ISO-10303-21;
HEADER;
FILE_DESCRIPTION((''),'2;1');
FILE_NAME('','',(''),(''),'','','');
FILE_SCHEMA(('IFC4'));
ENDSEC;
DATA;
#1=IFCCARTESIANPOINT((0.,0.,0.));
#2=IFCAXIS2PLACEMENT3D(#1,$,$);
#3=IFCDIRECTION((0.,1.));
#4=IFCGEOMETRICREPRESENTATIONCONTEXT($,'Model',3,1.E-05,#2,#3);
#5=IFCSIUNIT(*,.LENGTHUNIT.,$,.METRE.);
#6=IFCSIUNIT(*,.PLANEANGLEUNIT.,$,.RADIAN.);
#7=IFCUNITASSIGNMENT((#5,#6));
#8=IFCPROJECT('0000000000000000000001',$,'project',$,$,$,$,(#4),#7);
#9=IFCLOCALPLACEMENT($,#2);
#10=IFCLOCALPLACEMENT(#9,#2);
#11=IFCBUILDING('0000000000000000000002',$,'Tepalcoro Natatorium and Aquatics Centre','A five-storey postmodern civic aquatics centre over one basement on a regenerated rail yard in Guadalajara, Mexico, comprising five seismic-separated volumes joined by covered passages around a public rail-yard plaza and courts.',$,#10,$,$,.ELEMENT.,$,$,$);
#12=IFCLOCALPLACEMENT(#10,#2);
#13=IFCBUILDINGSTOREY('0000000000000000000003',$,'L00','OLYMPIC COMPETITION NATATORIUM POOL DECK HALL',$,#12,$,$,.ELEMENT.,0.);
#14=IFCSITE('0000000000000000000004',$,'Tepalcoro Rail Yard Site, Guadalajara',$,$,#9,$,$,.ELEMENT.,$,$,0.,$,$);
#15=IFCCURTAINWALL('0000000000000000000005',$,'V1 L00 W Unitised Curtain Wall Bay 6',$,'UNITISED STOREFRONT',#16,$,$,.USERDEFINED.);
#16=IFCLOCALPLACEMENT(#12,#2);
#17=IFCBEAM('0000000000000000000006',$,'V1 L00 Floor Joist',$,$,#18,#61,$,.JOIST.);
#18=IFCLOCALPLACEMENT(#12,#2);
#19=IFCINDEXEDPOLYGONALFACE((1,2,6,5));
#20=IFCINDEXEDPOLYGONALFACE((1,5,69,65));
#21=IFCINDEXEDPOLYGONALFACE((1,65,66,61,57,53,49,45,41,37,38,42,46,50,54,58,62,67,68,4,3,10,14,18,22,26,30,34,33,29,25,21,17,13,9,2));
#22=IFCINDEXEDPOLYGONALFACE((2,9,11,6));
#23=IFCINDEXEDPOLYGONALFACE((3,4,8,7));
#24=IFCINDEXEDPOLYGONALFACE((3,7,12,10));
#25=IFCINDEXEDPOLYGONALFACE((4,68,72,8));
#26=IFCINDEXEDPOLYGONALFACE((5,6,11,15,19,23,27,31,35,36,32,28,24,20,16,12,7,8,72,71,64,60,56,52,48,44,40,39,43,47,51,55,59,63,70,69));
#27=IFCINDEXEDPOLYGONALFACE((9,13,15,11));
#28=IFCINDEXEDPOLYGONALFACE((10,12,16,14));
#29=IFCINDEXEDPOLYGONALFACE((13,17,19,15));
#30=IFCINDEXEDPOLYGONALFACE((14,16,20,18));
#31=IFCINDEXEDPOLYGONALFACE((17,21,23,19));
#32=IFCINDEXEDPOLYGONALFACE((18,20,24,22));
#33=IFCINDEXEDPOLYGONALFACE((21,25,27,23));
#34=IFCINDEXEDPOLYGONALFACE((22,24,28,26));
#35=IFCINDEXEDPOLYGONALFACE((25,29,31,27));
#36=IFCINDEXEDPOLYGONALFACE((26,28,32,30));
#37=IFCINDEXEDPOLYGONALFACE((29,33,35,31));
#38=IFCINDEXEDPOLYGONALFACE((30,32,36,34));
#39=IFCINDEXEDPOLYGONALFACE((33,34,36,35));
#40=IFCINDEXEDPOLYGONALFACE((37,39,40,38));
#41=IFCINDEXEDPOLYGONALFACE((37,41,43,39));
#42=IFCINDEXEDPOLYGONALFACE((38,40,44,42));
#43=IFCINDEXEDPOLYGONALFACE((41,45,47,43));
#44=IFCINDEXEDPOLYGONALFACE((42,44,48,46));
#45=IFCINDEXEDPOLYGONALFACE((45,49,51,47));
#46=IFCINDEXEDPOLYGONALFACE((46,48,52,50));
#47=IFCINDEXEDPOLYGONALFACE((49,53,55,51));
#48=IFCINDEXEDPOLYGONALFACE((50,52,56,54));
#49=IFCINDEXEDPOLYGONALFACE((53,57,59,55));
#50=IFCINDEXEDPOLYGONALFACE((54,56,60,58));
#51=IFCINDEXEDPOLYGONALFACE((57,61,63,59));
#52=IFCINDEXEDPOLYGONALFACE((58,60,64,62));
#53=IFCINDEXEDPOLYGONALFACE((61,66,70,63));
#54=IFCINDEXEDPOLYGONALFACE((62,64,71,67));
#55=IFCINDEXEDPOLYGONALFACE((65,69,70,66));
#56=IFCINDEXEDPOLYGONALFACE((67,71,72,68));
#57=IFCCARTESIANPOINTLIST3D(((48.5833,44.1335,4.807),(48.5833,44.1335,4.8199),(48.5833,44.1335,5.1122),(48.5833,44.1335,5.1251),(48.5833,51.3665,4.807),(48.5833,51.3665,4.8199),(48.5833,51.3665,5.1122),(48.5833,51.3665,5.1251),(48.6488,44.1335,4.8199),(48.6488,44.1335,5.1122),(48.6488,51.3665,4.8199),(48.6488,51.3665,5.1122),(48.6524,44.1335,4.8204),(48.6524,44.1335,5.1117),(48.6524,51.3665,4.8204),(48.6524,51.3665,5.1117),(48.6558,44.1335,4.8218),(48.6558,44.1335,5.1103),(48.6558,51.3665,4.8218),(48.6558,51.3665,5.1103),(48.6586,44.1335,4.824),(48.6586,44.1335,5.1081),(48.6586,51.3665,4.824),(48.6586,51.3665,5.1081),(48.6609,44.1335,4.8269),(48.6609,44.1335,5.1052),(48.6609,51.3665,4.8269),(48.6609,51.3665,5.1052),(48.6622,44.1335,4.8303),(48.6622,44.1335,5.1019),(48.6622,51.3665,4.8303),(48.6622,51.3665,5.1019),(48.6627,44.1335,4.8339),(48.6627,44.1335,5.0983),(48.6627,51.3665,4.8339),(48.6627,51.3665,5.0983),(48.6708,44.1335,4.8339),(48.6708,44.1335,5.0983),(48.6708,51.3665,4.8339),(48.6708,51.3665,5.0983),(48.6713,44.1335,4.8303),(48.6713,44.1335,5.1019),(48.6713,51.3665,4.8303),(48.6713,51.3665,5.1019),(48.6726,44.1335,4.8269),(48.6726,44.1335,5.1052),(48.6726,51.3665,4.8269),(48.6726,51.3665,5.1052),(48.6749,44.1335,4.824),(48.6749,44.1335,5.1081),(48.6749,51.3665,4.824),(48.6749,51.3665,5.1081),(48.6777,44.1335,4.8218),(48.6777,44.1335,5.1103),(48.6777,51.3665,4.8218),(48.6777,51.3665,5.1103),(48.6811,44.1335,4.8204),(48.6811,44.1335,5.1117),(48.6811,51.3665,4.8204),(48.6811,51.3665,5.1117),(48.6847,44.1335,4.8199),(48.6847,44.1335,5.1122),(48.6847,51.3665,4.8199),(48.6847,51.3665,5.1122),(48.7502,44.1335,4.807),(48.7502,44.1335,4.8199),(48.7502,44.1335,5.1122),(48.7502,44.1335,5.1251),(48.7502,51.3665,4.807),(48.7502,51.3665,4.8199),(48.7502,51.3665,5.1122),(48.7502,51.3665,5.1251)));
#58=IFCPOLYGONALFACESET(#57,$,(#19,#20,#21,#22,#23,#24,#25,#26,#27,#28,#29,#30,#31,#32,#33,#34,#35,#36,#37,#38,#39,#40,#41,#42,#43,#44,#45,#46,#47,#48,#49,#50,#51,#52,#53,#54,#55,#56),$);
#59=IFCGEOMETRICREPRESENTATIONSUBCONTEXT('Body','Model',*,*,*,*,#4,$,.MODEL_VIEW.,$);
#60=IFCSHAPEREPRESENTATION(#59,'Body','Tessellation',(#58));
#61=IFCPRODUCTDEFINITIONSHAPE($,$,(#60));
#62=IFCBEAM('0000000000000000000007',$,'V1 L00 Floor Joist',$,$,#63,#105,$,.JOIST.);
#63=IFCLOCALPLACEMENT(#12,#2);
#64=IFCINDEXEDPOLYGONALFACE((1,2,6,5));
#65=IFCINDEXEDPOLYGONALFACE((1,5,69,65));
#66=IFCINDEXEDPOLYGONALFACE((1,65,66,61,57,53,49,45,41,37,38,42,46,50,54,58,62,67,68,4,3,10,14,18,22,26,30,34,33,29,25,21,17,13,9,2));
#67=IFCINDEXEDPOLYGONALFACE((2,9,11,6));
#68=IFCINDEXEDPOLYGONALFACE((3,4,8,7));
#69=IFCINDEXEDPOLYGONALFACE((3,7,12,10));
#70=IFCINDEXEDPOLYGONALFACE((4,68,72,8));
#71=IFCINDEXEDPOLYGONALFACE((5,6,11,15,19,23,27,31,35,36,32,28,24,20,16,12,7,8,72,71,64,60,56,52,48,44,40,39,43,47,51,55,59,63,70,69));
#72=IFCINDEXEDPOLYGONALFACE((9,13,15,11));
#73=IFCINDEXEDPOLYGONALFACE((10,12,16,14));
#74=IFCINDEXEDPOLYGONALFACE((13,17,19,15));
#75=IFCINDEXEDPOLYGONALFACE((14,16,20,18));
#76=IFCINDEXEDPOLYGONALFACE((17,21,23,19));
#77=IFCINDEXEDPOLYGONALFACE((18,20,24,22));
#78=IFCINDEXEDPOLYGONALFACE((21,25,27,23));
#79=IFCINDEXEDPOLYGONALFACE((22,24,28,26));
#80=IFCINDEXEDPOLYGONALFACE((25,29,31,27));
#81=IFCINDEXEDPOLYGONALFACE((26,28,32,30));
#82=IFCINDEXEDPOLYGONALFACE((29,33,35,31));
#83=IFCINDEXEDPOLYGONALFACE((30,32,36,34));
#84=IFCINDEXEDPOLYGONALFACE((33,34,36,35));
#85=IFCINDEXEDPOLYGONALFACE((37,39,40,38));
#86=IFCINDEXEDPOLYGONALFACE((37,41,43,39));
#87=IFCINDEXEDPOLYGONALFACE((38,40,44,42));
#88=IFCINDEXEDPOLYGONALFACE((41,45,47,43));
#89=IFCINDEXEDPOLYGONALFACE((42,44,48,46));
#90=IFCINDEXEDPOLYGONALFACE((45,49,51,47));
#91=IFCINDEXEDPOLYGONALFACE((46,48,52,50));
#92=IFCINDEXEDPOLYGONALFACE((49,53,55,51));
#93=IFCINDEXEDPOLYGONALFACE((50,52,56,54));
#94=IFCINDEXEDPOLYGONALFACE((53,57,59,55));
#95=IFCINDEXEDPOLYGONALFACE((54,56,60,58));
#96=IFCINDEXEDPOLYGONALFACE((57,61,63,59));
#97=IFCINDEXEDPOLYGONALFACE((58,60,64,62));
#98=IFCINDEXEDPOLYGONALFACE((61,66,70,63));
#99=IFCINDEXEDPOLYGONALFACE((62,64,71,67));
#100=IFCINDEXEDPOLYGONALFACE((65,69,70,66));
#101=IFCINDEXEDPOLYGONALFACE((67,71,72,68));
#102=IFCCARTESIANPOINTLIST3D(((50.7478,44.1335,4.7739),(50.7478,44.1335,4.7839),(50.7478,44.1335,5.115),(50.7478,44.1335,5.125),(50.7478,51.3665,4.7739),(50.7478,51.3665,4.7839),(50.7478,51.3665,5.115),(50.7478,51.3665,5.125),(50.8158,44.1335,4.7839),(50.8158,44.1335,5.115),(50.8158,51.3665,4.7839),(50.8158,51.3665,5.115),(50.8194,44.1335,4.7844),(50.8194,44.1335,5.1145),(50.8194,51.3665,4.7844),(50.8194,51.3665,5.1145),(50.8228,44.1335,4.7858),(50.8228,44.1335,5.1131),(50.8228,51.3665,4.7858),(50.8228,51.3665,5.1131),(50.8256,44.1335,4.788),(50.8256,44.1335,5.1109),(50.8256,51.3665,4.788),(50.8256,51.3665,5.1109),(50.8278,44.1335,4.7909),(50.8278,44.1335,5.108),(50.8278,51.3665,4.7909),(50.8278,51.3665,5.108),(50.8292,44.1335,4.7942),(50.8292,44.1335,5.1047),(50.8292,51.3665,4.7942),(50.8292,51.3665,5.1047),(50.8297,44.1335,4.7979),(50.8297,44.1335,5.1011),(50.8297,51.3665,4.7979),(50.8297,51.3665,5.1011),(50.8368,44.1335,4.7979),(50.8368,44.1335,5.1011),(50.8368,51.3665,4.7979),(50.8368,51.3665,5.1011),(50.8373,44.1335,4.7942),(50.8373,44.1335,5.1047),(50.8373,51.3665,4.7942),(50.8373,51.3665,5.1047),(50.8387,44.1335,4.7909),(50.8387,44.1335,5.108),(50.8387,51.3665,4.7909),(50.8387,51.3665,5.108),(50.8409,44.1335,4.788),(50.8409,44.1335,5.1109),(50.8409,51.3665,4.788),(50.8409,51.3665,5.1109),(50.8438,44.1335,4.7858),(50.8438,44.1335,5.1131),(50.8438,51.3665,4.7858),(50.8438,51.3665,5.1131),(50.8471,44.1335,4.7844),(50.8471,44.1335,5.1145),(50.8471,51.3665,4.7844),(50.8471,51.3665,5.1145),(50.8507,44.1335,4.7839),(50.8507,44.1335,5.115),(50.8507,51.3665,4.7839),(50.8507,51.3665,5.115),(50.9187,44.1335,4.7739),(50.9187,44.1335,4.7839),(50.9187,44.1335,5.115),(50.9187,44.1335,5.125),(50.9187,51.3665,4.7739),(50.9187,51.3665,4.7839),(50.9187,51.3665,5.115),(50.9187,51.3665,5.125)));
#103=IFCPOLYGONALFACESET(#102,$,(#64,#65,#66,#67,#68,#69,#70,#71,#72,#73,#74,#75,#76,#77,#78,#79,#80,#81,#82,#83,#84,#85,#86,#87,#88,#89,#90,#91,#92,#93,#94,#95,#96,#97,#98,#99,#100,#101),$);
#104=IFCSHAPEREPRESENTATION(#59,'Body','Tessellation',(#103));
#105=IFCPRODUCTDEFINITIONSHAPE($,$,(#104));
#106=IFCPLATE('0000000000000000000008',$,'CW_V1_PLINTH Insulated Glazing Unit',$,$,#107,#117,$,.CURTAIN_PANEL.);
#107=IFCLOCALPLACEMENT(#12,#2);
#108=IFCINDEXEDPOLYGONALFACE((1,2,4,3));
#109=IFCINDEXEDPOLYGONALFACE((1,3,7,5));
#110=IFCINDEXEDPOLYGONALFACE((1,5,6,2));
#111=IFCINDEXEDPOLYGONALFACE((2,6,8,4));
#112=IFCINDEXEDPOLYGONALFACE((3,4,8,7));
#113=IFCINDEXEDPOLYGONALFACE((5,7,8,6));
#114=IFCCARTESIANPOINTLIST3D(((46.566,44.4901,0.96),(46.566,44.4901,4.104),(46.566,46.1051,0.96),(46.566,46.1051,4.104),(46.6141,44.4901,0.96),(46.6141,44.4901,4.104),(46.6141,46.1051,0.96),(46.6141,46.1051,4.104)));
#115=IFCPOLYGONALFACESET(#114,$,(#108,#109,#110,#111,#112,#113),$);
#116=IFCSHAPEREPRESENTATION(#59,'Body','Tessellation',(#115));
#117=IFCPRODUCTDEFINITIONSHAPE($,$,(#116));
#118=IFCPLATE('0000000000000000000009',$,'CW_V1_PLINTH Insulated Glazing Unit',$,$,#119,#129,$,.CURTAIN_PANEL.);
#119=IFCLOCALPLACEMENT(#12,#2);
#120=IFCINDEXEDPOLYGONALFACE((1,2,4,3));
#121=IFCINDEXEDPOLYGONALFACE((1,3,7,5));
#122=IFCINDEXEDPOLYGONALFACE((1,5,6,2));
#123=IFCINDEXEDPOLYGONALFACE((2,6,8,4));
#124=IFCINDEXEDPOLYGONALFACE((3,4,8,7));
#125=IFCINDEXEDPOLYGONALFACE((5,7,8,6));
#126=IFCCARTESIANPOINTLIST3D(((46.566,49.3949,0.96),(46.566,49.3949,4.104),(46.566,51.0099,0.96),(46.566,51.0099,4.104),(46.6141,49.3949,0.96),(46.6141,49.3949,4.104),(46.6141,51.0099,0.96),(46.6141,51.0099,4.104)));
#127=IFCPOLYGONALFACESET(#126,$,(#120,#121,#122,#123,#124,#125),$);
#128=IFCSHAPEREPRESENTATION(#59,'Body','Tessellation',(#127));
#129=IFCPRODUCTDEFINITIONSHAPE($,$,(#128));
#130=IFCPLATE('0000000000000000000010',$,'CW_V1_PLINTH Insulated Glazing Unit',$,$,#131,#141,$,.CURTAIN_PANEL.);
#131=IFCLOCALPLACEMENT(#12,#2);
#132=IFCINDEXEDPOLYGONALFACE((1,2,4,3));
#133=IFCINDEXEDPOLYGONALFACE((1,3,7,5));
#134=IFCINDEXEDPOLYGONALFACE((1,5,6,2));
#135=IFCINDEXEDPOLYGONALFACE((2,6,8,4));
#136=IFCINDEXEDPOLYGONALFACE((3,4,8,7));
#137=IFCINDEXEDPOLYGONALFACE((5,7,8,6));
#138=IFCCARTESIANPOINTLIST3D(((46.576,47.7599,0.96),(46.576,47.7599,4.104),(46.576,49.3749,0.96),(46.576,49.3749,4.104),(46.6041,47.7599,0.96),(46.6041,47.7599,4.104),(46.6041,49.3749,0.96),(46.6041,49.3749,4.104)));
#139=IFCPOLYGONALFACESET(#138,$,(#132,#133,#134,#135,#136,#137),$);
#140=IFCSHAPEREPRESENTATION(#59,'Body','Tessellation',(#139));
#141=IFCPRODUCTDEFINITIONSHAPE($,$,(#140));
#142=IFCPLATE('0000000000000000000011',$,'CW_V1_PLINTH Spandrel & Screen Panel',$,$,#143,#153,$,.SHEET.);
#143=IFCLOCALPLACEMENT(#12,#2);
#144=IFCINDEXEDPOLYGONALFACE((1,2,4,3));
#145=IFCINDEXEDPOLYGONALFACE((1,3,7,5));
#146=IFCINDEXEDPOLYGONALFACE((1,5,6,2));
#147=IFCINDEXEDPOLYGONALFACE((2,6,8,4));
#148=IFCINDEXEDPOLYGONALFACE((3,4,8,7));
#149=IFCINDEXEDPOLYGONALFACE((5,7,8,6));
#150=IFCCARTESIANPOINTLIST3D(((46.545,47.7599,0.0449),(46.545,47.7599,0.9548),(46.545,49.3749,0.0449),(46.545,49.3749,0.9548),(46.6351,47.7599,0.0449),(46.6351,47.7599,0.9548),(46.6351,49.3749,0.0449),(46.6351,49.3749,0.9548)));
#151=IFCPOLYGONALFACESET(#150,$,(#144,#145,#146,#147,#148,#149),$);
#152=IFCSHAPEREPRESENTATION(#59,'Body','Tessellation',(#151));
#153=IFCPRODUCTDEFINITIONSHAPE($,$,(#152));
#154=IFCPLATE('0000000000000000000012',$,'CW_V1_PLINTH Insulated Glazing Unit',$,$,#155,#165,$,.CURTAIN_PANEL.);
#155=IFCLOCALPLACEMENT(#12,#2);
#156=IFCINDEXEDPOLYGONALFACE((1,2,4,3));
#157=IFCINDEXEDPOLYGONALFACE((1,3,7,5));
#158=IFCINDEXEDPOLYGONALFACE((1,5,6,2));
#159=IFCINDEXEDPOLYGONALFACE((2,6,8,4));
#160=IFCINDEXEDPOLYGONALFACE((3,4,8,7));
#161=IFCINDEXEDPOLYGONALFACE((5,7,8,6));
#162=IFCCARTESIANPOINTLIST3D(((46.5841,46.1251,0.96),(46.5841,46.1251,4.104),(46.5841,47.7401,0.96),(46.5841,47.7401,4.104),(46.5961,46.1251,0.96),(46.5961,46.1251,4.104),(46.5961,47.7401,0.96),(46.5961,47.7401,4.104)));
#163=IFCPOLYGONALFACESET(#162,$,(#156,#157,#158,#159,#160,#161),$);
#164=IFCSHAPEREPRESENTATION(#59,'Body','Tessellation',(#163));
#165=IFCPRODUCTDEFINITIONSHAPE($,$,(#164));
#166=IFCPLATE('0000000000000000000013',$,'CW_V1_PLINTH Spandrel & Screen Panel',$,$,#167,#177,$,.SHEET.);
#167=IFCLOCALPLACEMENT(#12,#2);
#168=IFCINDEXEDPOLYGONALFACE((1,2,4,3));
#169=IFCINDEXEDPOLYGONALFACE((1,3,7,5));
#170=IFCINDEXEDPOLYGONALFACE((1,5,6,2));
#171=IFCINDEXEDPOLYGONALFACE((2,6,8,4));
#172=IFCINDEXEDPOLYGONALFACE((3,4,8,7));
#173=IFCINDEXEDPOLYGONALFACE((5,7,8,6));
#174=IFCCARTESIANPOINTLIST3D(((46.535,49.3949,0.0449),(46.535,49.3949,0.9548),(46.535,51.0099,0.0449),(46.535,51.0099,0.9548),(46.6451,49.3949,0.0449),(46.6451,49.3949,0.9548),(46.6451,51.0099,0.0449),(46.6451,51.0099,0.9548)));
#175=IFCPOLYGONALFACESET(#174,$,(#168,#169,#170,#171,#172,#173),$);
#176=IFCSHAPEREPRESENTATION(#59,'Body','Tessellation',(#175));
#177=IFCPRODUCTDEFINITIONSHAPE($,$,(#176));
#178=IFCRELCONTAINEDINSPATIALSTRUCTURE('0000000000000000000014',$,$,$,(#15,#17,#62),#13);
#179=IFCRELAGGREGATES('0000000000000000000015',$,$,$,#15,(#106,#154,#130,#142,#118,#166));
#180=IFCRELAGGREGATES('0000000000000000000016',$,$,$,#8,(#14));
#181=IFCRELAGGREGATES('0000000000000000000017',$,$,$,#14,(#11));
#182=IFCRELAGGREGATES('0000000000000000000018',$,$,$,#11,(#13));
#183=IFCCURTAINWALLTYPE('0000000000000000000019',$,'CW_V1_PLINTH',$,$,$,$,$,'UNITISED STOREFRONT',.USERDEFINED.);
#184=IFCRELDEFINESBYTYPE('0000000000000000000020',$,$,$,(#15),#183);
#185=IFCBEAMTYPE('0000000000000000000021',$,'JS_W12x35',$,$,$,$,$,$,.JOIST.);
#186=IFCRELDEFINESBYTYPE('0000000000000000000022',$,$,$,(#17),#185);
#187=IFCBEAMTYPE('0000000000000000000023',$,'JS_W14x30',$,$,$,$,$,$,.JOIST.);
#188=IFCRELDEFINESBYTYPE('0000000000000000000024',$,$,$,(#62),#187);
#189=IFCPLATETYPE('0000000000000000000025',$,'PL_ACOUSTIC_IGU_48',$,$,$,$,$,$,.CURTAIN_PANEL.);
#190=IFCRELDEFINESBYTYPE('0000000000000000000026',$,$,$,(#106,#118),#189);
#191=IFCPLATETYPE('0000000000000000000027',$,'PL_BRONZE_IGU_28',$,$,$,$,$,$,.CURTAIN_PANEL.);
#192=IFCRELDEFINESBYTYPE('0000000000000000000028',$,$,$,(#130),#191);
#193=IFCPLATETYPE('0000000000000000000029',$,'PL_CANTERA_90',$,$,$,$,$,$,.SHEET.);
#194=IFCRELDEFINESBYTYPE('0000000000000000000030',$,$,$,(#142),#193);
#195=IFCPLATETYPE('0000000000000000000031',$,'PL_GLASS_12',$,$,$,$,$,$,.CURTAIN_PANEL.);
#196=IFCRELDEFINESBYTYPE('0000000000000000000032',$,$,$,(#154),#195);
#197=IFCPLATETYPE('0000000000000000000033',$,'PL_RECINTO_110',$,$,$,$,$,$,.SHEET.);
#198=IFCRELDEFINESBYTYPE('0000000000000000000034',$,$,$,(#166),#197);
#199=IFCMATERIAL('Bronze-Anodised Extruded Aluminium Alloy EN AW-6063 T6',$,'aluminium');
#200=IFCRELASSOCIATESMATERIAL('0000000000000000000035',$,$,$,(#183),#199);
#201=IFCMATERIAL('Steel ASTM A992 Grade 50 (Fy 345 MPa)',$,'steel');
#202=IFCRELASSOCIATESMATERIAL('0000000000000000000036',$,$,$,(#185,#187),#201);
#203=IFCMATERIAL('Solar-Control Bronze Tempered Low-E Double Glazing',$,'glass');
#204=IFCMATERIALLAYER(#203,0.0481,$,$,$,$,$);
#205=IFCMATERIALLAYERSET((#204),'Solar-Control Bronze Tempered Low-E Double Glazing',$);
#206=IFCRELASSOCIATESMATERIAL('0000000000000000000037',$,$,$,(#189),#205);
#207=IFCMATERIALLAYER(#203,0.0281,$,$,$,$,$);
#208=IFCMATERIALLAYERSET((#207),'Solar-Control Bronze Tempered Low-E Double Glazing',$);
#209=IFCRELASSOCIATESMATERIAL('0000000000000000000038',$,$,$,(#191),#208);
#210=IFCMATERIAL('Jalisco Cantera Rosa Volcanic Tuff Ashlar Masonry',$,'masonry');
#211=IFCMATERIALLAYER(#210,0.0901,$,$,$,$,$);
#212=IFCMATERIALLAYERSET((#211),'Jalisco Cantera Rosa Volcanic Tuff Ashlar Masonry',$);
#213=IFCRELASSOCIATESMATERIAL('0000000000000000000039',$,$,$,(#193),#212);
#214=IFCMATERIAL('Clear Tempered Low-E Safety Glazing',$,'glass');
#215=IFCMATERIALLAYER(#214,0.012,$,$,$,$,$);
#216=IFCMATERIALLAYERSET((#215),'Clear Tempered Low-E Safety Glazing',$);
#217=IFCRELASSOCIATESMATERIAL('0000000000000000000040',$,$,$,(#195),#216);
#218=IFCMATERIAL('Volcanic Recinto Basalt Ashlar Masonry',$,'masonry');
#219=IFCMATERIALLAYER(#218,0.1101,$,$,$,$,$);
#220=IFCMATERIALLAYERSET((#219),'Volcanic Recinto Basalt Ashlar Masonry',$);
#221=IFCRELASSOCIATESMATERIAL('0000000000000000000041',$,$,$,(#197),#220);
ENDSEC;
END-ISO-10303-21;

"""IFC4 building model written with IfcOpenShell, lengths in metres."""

from ifc_helpers import new_model, si_unit, direction, frame, origin, origin_2d, place, context, subcontext, project, spatial, rectangle, i_section, extrude, material, layer, layer_set, material_profile, profile_set, type_object, element, aggregate, save


model = new_model("IFC4")

# Units and contexts
model_context = context("Model", 3, precision=1e-05, world=origin(), true_north=direction((0.0, 1.0)))
body_context = subcontext(model_context, "Body", "Model", "MODEL_VIEW")
ifc_project = project(units=[si_unit("LENGTHUNIT", "METRE"), si_unit("PLANEANGLEUNIT", "RADIAN")], contexts=[model_context])

# Site, building, storey
site_placement = place(None, origin())
site = spatial("IfcSite", under=ifc_project, at=site_placement, Name="Tepalcoro Rail Yard Site, Guadalajara", CompositionType="ELEMENT", RefElevation=0.0)
building_placement = place(site_placement, origin())
building = spatial("IfcBuilding", under=site, at=building_placement, Name="Tepalcoro Natatorium and Aquatics Centre", Description="A five-storey postmodern civic aquatics centre over one basement on a regenerated rail yard in Guadalajara, Mexico, comprising five seismic-separated volumes joined by covered passages around a public rail-yard plaza and courts.", CompositionType="ELEMENT")
storey_placement = place(building_placement, origin())
storey = spatial("IfcBuildingStorey", under=building, at=storey_placement, Name="L00", Description="OLYMPIC COMPETITION NATATORIUM POOL DECK HALL", CompositionType="ELEMENT", Elevation=0.0)

# Shared definitions
ifc_material_1 = material(Name="Steel ASTM A992 Grade 50 (Fy 345 MPa)", Category="steel")

# Curtain wall
ifc_material_2 = material(Name="Bronze-Anodised Extruded Aluminium Alloy EN AW-6063 T6", Category="aluminium")
curtain_wall_type = type_object("IfcCurtainWallType", Name="CW_V1_PLINTH", ElementType="UNITISED STOREFRONT", PredefinedType="USERDEFINED", material=ifc_material_2)
curtain_wall_placement = place(storey_placement, origin())
curtain_wall = element("IfcCurtainWall", 1, at=curtain_wall_placement, inside=storey, type_object=curtain_wall_type, Name="V1 L00 W Unitised Curtain Wall Bay 6", ObjectType="UNITISED STOREFRONT", PredefinedType="USERDEFINED")

# Beams
ifc_material_profile_1 = material_profile(ifc_material_1, i_section(OverallWidth=0.167, OverallDepth=0.3181, WebThickness=0.0081, FlangeThickness=0.0129, FilletRadius=0.0139, at=origin_2d()), Name="W12X35")
ifc_profile_set_1 = profile_set([ifc_material_profile_1], Name="Steel ASTM A992 Grade 50 (Fy 345 MPa)")
beam_type_1 = type_object("IfcBeamType", Name="JS_W12x35", PredefinedType="JOIST", material=ifc_profile_set_1)
beam_1_placement = place(storey_placement, frame((48.6667, 44.1335, 4.9661), z_axis=(0.0, 1.0, 0.0), x_axis=(-1.0, 0.0, 0.0)))
element("IfcBeam", 2, at=beam_1_placement, inside=storey, type_object=beam_type_1, Name="V1 L00 Floor Joist", PredefinedType="JOIST", context=body_context, shape_type="SweptSolid", body=[
    extrude(i_section(OverallWidth=0.167, OverallDepth=0.3181, WebThickness=0.0081, FlangeThickness=0.0129, FilletRadius=0.0139, at=origin_2d()), origin(), (0.0, 0.0, 1.0), 7.2329),
])
ifc_material_profile_2 = material_profile(ifc_material_1, i_section(OverallWidth=0.1709, OverallDepth=0.3511, WebThickness=0.0071, FlangeThickness=0.01, FilletRadius=0.0139, at=origin_2d()), Name="W14X30")
ifc_profile_set_2 = profile_set([ifc_material_profile_2], Name="Steel ASTM A992 Grade 50 (Fy 345 MPa)")
beam_type_2 = type_object("IfcBeamType", Name="JS_W14x30", PredefinedType="JOIST", material=ifc_profile_set_2)
beam_2_placement = place(storey_placement, frame((50.8333, 44.1335, 4.9495), z_axis=(0.0, 1.0, 0.0), x_axis=(-1.0, 0.0, 0.0)))
element("IfcBeam", 3, at=beam_2_placement, inside=storey, type_object=beam_type_2, Name="V1 L00 Floor Joist", PredefinedType="JOIST", context=body_context, shape_type="SweptSolid", body=[
    extrude(i_section(OverallWidth=0.1709, OverallDepth=0.3511, WebThickness=0.0071, FlangeThickness=0.01, FilletRadius=0.0139, at=origin_2d()), origin(), (0.0, 0.0, 1.0), 7.2329),
])

# Plates
ifc_material_3 = material(Name="Solar-Control Bronze Tempered Low-E Double Glazing", Category="glass")
ifc_layer_1 = layer(ifc_material_3, 0.0481)
ifc_layer_set_1 = layer_set([ifc_layer_1], Name="Solar-Control Bronze Tempered Low-E Double Glazing")
plate_type_1 = type_object("IfcPlateType", Name="PL_ACOUSTIC_IGU_48", PredefinedType="CURTAIN_PANEL", material=ifc_layer_set_1)
plate_1_placement = place(storey_placement, frame((46.5901, 45.2976, 0.96), z_axis=(0.0, 0.0, 1.0), x_axis=(1.0, 0.0, 0.0)))
plate_1 = element("IfcPlate", 4, at=plate_1_placement, type_object=plate_type_1, Name="CW_V1_PLINTH Insulated Glazing Unit", PredefinedType="CURTAIN_PANEL", context=body_context, shape_type="SweptSolid", body=[
    extrude(rectangle(XDim=0.0481, YDim=1.615, at=origin_2d()), origin(), (0.0, 0.0, 1.0), 3.144),
])
plate_2_placement = place(storey_placement, frame((46.5901, 50.2024, 0.96), z_axis=(0.0, 0.0, 1.0), x_axis=(1.0, 0.0, 0.0)))
plate_2 = element("IfcPlate", 5, at=plate_2_placement, type_object=plate_type_1, Name="CW_V1_PLINTH Insulated Glazing Unit", PredefinedType="CURTAIN_PANEL", context=body_context, shape_type="SweptSolid", body=[
    extrude(rectangle(XDim=0.0481, YDim=1.615, at=origin_2d()), origin(), (0.0, 0.0, 1.0), 3.144),
])
ifc_layer_2 = layer(ifc_material_3, 0.0281)
ifc_layer_set_2 = layer_set([ifc_layer_2], Name="Solar-Control Bronze Tempered Low-E Double Glazing")
plate_type_2 = type_object("IfcPlateType", Name="PL_BRONZE_IGU_28", PredefinedType="CURTAIN_PANEL", material=ifc_layer_set_2)
plate_3_placement = place(storey_placement, frame((46.5901, 48.5674, 0.96), z_axis=(0.0, 0.0, 1.0), x_axis=(1.0, 0.0, 0.0)))
plate_3 = element("IfcPlate", 6, at=plate_3_placement, type_object=plate_type_2, Name="CW_V1_PLINTH Insulated Glazing Unit", PredefinedType="CURTAIN_PANEL", context=body_context, shape_type="SweptSolid", body=[
    extrude(rectangle(XDim=0.0281, YDim=1.615, at=origin_2d()), origin(), (0.0, 0.0, 1.0), 3.144),
])
ifc_material_4 = material(Name="Jalisco Cantera Rosa Volcanic Tuff Ashlar Masonry", Category="masonry")
ifc_layer_3 = layer(ifc_material_4, 0.0901)
ifc_layer_set_3 = layer_set([ifc_layer_3], Name="Jalisco Cantera Rosa Volcanic Tuff Ashlar Masonry")
plate_type_3 = type_object("IfcPlateType", Name="PL_CANTERA_90", PredefinedType="SHEET", material=ifc_layer_set_3)
plate_4_placement = place(storey_placement, frame((46.5901, 48.5674, 0.0449), z_axis=(0.0, 0.0, 1.0), x_axis=(1.0, 0.0, 0.0)))
plate_4 = element("IfcPlate", 7, at=plate_4_placement, type_object=plate_type_3, Name="CW_V1_PLINTH Spandrel & Screen Panel", PredefinedType="SHEET", context=body_context, shape_type="SweptSolid", body=[
    extrude(rectangle(XDim=0.0901, YDim=1.615, at=origin_2d()), origin(), (0.0, 0.0, 1.0), 0.9099),
])
ifc_material_5 = material(Name="Clear Tempered Low-E Safety Glazing", Category="glass")
ifc_layer_4 = layer(ifc_material_5, 0.012)
ifc_layer_set_4 = layer_set([ifc_layer_4], Name="Clear Tempered Low-E Safety Glazing")
plate_type_4 = type_object("IfcPlateType", Name="PL_GLASS_12", PredefinedType="CURTAIN_PANEL", material=ifc_layer_set_4)
plate_5_placement = place(storey_placement, frame((46.5901, 46.9326, 0.96), z_axis=(0.0, 0.0, 1.0), x_axis=(1.0, 0.0, 0.0)))
plate_5 = element("IfcPlate", 8, at=plate_5_placement, type_object=plate_type_4, Name="CW_V1_PLINTH Insulated Glazing Unit", PredefinedType="CURTAIN_PANEL", context=body_context, shape_type="SweptSolid", body=[
    extrude(rectangle(XDim=0.012, YDim=1.615, at=origin_2d()), origin(), (0.0, 0.0, 1.0), 3.144),
])
ifc_material_6 = material(Name="Volcanic Recinto Basalt Ashlar Masonry", Category="masonry")
ifc_layer_5 = layer(ifc_material_6, 0.1101)
ifc_layer_set_5 = layer_set([ifc_layer_5], Name="Volcanic Recinto Basalt Ashlar Masonry")
plate_type_5 = type_object("IfcPlateType", Name="PL_RECINTO_110", PredefinedType="SHEET", material=ifc_layer_set_5)
plate_6_placement = place(storey_placement, frame((46.5901, 50.2024, 0.0449), z_axis=(0.0, 0.0, 1.0), x_axis=(1.0, 0.0, 0.0)))
plate_6 = element("IfcPlate", 9, at=plate_6_placement, type_object=plate_type_5, Name="CW_V1_PLINTH Spandrel & Screen Panel", PredefinedType="SHEET", context=body_context, shape_type="SweptSolid", body=[
    extrude(rectangle(XDim=0.1101, YDim=1.615, at=origin_2d()), origin(), (0.0, 0.0, 1.0), 0.9099),
])
aggregate(curtain_wall, [plate_1, plate_5, plate_3, plate_4, plate_2, plate_6])

save(model, "model.ifc")
